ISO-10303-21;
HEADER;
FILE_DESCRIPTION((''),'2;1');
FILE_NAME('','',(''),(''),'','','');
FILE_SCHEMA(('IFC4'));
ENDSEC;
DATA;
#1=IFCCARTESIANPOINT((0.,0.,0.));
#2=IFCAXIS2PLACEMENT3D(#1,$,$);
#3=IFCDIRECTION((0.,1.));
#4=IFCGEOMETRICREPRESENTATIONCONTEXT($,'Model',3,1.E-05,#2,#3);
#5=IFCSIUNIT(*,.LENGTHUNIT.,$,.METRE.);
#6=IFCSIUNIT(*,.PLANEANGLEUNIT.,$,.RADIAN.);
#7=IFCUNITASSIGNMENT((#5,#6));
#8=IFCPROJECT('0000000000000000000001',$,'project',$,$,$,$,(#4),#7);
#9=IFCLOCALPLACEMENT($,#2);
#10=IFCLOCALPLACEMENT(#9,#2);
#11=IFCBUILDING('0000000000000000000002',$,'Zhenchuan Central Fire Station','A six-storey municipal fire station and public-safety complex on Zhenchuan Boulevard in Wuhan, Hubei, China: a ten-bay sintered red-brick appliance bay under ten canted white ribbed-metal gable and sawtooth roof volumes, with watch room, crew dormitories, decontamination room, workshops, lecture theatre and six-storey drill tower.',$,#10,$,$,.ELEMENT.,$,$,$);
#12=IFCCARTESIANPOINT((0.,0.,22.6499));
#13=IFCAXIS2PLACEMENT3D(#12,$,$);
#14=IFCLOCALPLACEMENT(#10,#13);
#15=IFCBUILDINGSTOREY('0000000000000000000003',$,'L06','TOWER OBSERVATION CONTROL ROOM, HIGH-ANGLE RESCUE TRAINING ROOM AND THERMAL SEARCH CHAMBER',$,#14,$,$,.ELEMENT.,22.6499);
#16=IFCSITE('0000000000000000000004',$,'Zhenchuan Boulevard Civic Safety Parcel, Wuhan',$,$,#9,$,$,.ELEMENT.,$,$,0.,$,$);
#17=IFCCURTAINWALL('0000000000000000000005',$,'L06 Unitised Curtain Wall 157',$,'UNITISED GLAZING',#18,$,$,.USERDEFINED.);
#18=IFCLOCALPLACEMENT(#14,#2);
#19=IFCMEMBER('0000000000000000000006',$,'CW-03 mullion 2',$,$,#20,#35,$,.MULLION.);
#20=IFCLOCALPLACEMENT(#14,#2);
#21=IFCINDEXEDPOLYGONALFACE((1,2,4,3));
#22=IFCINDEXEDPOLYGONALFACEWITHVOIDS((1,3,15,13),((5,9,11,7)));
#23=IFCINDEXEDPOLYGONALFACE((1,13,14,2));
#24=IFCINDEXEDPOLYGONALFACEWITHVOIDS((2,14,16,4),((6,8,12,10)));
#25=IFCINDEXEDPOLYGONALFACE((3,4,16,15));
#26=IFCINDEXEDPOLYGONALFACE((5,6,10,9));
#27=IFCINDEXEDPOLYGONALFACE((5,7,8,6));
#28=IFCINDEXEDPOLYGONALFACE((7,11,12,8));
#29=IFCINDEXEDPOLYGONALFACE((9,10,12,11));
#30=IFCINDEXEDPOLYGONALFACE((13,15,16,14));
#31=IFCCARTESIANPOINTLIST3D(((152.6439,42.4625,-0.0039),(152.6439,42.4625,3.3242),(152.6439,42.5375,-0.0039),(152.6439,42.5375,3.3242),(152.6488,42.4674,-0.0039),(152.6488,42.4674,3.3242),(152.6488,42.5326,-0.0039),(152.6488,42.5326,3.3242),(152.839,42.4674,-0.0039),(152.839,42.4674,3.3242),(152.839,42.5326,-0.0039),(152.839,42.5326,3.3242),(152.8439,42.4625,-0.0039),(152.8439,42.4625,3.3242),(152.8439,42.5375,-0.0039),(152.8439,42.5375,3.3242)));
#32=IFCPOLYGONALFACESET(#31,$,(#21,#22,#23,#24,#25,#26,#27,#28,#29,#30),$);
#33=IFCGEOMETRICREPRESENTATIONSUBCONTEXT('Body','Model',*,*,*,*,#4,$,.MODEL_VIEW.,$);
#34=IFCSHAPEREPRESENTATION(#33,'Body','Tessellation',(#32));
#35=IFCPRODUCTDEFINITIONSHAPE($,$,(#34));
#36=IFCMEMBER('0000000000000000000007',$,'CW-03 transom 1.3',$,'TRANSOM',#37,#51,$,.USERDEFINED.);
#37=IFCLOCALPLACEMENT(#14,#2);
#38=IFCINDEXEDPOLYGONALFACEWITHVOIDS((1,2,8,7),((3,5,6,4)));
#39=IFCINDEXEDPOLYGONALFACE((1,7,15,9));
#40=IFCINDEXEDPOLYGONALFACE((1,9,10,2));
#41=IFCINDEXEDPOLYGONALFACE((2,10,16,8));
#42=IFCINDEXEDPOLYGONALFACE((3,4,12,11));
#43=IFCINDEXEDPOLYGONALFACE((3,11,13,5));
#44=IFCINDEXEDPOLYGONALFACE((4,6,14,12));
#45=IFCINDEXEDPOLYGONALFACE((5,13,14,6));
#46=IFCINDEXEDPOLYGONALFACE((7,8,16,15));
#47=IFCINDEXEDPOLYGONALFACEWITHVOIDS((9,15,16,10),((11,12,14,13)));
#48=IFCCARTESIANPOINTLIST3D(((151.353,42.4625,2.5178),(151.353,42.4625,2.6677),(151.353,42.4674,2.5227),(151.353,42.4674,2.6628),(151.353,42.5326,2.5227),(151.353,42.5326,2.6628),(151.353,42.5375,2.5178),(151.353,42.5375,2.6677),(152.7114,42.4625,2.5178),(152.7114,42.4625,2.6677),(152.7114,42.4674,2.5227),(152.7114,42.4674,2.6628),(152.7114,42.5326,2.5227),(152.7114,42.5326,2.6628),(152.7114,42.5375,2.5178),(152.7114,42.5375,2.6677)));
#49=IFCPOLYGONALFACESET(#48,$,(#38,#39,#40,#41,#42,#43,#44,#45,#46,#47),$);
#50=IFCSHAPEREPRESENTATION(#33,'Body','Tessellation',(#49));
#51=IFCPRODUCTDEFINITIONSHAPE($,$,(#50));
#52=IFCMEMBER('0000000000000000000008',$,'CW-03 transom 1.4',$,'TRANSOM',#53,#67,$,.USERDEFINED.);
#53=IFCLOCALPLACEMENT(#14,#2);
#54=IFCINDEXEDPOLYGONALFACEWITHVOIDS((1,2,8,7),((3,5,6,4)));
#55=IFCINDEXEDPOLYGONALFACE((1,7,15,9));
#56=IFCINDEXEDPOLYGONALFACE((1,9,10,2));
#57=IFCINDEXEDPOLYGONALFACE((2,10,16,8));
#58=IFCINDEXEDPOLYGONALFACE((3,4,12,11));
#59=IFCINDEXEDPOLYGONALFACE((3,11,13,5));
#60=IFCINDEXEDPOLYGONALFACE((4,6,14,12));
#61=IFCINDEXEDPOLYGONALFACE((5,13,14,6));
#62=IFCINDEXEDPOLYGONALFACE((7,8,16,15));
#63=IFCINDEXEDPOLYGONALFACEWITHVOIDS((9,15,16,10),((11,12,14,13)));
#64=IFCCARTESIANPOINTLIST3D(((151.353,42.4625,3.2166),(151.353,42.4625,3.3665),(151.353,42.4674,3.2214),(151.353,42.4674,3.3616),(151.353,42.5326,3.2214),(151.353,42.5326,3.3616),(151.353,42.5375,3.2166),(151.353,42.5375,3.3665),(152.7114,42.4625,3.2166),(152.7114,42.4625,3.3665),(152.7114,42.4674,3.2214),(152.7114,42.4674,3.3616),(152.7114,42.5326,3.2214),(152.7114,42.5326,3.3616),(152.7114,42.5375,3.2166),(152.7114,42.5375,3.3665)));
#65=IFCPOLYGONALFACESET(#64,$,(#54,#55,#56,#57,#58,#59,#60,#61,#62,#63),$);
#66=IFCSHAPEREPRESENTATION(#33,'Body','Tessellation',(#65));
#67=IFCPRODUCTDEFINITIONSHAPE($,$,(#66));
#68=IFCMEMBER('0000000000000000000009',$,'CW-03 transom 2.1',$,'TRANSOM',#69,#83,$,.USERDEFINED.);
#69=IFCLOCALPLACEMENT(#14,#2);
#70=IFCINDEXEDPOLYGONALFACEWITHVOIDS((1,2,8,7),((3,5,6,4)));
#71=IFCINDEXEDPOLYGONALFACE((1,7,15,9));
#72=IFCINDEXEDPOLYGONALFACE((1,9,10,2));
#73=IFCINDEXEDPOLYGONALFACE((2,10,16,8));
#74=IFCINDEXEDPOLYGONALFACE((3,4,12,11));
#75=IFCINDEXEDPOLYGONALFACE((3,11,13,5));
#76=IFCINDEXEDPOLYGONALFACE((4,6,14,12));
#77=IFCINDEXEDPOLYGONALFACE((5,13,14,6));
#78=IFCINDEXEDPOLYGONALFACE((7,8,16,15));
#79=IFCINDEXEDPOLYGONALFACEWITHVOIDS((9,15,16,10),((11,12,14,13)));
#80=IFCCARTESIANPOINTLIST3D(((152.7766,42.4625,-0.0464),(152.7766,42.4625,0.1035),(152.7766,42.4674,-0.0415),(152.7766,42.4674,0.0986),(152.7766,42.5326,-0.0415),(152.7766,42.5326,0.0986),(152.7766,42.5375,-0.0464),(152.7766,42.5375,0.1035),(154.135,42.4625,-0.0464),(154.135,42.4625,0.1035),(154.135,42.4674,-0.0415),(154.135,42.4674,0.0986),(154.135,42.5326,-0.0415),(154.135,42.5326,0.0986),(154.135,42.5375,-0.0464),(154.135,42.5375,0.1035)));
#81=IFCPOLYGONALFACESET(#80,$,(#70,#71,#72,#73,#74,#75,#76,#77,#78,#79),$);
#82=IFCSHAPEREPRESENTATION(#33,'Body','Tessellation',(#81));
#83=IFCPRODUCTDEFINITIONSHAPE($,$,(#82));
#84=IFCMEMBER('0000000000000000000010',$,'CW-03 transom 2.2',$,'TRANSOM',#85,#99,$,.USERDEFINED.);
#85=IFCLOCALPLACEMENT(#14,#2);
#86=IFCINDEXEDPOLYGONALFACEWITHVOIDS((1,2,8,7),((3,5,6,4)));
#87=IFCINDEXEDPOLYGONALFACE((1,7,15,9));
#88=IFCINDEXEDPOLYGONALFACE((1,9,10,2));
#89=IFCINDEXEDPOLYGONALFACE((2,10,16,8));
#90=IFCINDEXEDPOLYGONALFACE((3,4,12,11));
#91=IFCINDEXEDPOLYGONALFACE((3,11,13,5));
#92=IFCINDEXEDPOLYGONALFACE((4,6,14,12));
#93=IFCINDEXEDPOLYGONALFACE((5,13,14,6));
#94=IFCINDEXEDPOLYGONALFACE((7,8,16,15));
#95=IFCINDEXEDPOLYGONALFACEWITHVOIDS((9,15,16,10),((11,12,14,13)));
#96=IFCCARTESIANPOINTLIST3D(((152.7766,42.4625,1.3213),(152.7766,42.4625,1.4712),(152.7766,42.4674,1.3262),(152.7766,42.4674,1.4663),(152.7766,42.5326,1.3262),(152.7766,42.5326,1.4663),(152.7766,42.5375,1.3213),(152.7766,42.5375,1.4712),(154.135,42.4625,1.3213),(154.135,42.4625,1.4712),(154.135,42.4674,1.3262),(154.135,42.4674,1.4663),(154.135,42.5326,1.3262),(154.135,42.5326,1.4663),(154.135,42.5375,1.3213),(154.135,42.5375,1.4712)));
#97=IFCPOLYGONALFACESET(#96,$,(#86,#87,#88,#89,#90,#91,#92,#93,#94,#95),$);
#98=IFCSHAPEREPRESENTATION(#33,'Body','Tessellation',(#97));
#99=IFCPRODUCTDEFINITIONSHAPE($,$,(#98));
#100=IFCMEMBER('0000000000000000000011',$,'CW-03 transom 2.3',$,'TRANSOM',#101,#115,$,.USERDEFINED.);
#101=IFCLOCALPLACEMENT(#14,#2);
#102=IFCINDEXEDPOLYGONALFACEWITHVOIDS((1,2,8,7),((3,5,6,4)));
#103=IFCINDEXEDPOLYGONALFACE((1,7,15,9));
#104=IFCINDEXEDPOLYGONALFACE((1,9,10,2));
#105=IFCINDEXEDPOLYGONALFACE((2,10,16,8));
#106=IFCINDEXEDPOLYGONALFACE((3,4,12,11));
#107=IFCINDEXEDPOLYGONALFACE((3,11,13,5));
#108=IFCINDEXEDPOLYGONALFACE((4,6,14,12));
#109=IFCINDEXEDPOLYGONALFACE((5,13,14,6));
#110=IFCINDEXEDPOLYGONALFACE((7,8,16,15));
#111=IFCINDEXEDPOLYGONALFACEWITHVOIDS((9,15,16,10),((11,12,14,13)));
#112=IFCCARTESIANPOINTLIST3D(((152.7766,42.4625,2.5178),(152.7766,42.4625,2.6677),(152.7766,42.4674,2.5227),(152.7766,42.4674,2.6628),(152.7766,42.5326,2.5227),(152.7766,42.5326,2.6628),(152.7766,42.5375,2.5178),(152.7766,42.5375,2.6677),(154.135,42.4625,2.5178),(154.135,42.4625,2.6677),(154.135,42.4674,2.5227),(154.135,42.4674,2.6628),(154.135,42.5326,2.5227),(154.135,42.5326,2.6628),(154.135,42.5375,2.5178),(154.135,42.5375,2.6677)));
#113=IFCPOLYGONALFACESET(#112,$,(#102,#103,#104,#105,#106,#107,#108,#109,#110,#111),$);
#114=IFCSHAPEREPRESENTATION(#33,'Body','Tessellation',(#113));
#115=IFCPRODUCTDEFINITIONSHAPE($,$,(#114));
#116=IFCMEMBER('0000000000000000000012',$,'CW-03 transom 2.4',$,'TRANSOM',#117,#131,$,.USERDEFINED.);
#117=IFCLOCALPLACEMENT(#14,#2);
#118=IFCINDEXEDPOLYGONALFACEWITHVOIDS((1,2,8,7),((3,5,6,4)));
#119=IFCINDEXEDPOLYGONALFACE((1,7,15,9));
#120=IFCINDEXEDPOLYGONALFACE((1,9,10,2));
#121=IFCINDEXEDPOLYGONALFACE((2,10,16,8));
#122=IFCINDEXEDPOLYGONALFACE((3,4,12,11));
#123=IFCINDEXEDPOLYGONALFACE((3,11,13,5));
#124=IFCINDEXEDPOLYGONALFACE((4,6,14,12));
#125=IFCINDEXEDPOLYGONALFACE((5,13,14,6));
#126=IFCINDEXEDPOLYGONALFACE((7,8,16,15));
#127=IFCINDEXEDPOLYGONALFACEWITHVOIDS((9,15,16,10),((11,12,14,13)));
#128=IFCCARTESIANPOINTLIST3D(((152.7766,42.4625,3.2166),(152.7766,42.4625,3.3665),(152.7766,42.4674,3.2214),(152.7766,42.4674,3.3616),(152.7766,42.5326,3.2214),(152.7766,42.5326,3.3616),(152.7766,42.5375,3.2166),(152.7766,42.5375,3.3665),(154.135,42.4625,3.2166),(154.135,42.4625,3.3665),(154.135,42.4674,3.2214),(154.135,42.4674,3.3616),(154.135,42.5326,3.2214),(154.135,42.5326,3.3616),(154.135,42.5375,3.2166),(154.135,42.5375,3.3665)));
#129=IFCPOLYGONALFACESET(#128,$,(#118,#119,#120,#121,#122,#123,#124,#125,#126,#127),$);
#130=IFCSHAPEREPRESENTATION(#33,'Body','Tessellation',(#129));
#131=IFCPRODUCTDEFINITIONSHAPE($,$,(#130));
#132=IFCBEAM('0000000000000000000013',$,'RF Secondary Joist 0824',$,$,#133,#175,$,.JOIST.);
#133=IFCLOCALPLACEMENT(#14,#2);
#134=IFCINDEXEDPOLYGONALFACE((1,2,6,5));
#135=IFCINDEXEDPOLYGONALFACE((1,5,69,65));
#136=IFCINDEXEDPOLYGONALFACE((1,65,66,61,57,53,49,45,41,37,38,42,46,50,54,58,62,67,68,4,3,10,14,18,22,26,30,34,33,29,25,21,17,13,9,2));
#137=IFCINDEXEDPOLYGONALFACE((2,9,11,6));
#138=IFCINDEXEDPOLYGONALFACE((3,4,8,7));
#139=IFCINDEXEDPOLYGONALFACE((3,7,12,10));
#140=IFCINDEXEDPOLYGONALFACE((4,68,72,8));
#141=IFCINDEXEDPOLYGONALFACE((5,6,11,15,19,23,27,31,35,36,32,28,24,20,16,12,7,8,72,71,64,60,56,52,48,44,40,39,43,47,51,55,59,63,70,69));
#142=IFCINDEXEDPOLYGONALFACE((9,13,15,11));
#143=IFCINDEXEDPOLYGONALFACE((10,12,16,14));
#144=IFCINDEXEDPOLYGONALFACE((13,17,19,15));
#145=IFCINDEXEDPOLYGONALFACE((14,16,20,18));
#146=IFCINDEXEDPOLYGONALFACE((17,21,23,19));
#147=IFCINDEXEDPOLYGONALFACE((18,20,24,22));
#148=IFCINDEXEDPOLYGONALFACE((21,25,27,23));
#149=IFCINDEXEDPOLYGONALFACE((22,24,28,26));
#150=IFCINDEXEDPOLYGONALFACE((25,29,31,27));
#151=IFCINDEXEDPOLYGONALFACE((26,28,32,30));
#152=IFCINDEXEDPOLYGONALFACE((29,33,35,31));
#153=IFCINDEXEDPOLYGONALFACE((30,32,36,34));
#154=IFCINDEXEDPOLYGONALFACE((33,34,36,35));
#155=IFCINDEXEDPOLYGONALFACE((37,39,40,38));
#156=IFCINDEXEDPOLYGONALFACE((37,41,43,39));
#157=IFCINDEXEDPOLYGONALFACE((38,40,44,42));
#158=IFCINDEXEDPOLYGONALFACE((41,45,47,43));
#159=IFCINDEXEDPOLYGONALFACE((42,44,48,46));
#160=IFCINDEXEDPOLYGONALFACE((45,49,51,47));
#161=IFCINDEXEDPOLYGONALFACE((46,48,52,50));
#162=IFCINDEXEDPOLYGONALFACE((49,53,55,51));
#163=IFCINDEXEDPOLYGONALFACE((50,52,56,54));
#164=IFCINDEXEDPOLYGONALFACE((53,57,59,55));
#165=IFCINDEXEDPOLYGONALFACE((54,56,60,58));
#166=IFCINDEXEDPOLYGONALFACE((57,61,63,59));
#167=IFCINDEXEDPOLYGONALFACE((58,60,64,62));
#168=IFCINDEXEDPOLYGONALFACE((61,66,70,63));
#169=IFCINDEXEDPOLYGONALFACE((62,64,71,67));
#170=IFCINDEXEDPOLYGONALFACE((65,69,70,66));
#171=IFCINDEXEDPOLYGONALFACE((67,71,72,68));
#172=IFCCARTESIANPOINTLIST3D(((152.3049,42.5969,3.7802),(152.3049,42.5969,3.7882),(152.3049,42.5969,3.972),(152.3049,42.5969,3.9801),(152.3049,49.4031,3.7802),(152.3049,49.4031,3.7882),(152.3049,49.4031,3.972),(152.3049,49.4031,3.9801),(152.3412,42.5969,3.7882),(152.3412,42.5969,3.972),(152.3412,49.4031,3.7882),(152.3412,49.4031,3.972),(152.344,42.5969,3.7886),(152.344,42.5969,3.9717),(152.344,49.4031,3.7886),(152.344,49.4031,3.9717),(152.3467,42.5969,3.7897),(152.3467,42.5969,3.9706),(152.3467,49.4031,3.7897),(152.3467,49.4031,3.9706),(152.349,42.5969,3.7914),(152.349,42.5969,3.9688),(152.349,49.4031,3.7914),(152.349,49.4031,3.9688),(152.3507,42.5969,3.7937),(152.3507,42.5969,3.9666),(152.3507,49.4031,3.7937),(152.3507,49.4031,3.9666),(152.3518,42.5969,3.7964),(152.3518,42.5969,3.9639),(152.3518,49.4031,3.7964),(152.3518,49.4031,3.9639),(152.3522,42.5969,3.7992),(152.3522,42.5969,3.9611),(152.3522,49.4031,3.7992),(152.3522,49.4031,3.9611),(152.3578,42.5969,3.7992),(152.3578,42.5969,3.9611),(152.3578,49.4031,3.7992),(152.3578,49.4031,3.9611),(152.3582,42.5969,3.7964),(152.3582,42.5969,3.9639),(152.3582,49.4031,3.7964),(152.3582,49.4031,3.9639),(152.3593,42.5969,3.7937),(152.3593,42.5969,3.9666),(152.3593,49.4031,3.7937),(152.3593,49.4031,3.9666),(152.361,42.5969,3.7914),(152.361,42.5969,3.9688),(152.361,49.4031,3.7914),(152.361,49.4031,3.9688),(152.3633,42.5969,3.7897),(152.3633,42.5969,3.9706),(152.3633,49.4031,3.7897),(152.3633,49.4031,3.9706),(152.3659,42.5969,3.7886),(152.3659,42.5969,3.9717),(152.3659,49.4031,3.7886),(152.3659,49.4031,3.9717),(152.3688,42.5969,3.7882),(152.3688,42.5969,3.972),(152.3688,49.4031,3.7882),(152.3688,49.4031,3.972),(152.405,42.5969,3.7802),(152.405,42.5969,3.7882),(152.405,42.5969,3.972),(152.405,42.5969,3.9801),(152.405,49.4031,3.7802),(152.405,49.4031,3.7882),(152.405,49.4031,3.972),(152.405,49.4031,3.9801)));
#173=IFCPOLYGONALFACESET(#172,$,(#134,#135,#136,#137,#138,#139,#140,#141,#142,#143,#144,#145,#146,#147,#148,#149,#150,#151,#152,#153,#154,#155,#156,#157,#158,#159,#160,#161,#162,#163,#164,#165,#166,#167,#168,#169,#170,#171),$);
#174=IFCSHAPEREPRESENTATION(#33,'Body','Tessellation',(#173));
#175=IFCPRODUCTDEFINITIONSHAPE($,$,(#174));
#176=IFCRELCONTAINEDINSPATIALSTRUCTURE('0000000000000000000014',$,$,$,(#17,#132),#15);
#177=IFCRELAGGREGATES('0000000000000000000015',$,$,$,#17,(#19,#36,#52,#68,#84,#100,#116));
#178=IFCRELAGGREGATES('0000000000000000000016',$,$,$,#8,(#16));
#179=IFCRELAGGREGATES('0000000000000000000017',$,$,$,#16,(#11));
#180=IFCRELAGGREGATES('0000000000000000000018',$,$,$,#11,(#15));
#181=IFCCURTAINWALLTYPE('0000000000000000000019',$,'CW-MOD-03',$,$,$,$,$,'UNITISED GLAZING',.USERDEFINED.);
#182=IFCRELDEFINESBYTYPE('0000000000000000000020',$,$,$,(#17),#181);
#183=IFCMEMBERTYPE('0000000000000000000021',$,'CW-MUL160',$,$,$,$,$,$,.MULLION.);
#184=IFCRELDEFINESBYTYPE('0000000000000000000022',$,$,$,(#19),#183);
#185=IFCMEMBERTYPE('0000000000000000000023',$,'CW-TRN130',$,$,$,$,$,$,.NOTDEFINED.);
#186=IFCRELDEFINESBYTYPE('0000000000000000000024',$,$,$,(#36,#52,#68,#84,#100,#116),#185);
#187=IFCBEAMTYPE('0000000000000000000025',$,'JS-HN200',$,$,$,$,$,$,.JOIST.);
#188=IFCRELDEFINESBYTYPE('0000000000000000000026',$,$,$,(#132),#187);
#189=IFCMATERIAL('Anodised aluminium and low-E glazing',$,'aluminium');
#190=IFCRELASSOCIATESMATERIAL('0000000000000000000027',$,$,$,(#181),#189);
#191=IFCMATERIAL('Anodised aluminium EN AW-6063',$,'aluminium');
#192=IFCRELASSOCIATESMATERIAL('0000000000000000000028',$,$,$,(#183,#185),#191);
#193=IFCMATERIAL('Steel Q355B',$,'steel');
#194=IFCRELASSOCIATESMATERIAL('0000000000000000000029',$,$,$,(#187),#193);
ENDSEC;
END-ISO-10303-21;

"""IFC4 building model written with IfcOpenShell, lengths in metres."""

from ifc_helpers import new_model, si_unit, direction, frame, origin, origin_2d, place, context, subcontext, project, spatial, hollow_rectangle, i_section, extrude, material, material_profile, profile_set, type_object, element, aggregate, save


model = new_model("IFC4")

# Units and contexts
model_context = context("Model", 3, precision=1e-05, world=origin(), true_north=direction((0.0, 1.0)))
body_context = subcontext(model_context, "Body", "Model", "MODEL_VIEW")
ifc_project = project(units=[si_unit("LENGTHUNIT", "METRE"), si_unit("PLANEANGLEUNIT", "RADIAN")], contexts=[model_context])

# Site, building, storey
site_placement = place(None, origin())
site = spatial("IfcSite", under=ifc_project, at=site_placement, Name="Zhenchuan Boulevard Civic Safety Parcel, Wuhan", CompositionType="ELEMENT", RefElevation=0.0)
building_placement = place(site_placement, origin())
building = spatial("IfcBuilding", under=site, at=building_placement, Name="Zhenchuan Central Fire Station", Description="A six-storey municipal fire station and public-safety complex on Zhenchuan Boulevard in Wuhan, Hubei, China: a ten-bay sintered red-brick appliance bay under ten canted white ribbed-metal gable and sawtooth roof volumes, with watch room, crew dormitories, decontamination room, workshops, lecture theatre and six-storey drill tower.", CompositionType="ELEMENT")
storey_placement = place(building_placement, frame((0.0, 0.0, 22.6499)))
storey = spatial("IfcBuildingStorey", under=building, at=storey_placement, Name="L06", Description="TOWER OBSERVATION CONTROL ROOM, HIGH-ANGLE RESCUE TRAINING ROOM AND THERMAL SEARCH CHAMBER", CompositionType="ELEMENT", Elevation=22.6499)

# Curtain wall, members
ifc_material_1 = material(Name="Anodised aluminium and low-E glazing", Category="aluminium")
curtain_wall_type = type_object("IfcCurtainWallType", Name="CW-MOD-03", ElementType="UNITISED GLAZING", PredefinedType="USERDEFINED", material=ifc_material_1)
curtain_wall_placement = place(storey_placement, origin())
curtain_wall = element("IfcCurtainWall", 1, at=curtain_wall_placement, inside=storey, type_object=curtain_wall_type, Name="L06 Unitised Curtain Wall 157", ObjectType="UNITISED GLAZING", PredefinedType="USERDEFINED")
ifc_material_2 = material(Name="Anodised aluminium EN AW-6063", Category="aluminium")
ifc_material_profile_1 = material_profile(ifc_material_2, hollow_rectangle(XDim=0.075, YDim=0.2, WallThickness=0.0049, at=origin_2d()), Name="ALU-M 200x75")
ifc_profile_set_1 = profile_set([ifc_material_profile_1], Name="Anodised aluminium EN AW-6063")
member_type_1 = type_object("IfcMemberType", Name="CW-MUL160", PredefinedType="MULLION", material=ifc_profile_set_1)
member_1_placement = place(storey_placement, frame((152.7439, 42.5, -0.0039), z_axis=(0.0, 0.0, 1.0), x_axis=(0.0, 1.0, 0.0)))
member_1 = element("IfcMember", 2, at=member_1_placement, type_object=member_type_1, Name="CW-03 mullion 2", PredefinedType="MULLION", context=body_context, shape_type="SweptSolid", body=[
    extrude(hollow_rectangle(XDim=0.075, YDim=0.2, WallThickness=0.0049, at=origin_2d()), origin(), (0.0, 0.0, 1.0), 3.3281),
])
ifc_material_profile_2 = material_profile(ifc_material_2, hollow_rectangle(XDim=0.075, YDim=0.1499, WallThickness=0.0049, at=origin_2d()), Name="ALU-T 150x75")
ifc_profile_set_2 = profile_set([ifc_material_profile_2], Name="Anodised aluminium EN AW-6063")
member_type_2 = type_object("IfcMemberType", Name="CW-TRN130", PredefinedType="NOTDEFINED", material=ifc_profile_set_2)
member_2_placement = place(storey_placement, frame((151.353, 42.5, 2.5928), z_axis=(1.0, 0.0, 0.0), x_axis=(0.0, 1.0, 0.0)))
member_2 = element("IfcMember", 3, at=member_2_placement, type_object=member_type_2, Name="CW-03 transom 1.3", ObjectType="TRANSOM", PredefinedType="USERDEFINED", context=body_context, shape_type="SweptSolid", body=[
    extrude(hollow_rectangle(XDim=0.075, YDim=0.1499, WallThickness=0.0049, at=origin_2d()), origin(), (0.0, 0.0, 1.0), 1.3584),
])
member_3_placement = place(storey_placement, frame((151.353, 42.5, 3.2915), z_axis=(1.0, 0.0, 0.0), x_axis=(0.0, 1.0, 0.0)))
member_3 = element("IfcMember", 4, at=member_3_placement, type_object=member_type_2, Name="CW-03 transom 1.4", ObjectType="TRANSOM", PredefinedType="USERDEFINED", context=body_context, shape_type="SweptSolid", body=[
    extrude(hollow_rectangle(XDim=0.075, YDim=0.1499, WallThickness=0.0049, at=origin_2d()), origin(), (0.0, 0.0, 1.0), 1.3584),
])
member_4_placement = place(storey_placement, frame((152.7766, 42.5, 0.0286), z_axis=(1.0, 0.0, 0.0), x_axis=(0.0, 1.0, 0.0)))
member_4 = element("IfcMember", 5, at=member_4_placement, type_object=member_type_2, Name="CW-03 transom 2.1", ObjectType="TRANSOM", PredefinedType="USERDEFINED", context=body_context, shape_type="SweptSolid", body=[
    extrude(hollow_rectangle(XDim=0.075, YDim=0.1499, WallThickness=0.0049, at=origin_2d()), origin(), (0.0, 0.0, 1.0), 1.3584),
])
member_5_placement = place(storey_placement, frame((152.7766, 42.5, 1.3962), z_axis=(1.0, 0.0, 0.0), x_axis=(0.0, 1.0, 0.0)))
member_5 = element("IfcMember", 6, at=member_5_placement, type_object=member_type_2, Name="CW-03 transom 2.2", ObjectType="TRANSOM", PredefinedType="USERDEFINED", context=body_context, shape_type="SweptSolid", body=[
    extrude(hollow_rectangle(XDim=0.075, YDim=0.1499, WallThickness=0.0049, at=origin_2d()), origin(), (0.0, 0.0, 1.0), 1.3584),
])
member_6_placement = place(storey_placement, frame((152.7766, 42.5, 2.5928), z_axis=(1.0, 0.0, 0.0), x_axis=(0.0, 1.0, 0.0)))
member_6 = element("IfcMember", 7, at=member_6_placement, type_object=member_type_2, Name="CW-03 transom 2.3", ObjectType="TRANSOM", PredefinedType="USERDEFINED", context=body_context, shape_type="SweptSolid", body=[
    extrude(hollow_rectangle(XDim=0.075, YDim=0.1499, WallThickness=0.0049, at=origin_2d()), origin(), (0.0, 0.0, 1.0), 1.3584),
])
member_7_placement = place(storey_placement, frame((152.7766, 42.5, 3.2915), z_axis=(1.0, 0.0, 0.0), x_axis=(0.0, 1.0, 0.0)))
member_7 = element("IfcMember", 8, at=member_7_placement, type_object=member_type_2, Name="CW-03 transom 2.4", ObjectType="TRANSOM", PredefinedType="USERDEFINED", context=body_context, shape_type="SweptSolid", body=[
    extrude(hollow_rectangle(XDim=0.075, YDim=0.1499, WallThickness=0.0049, at=origin_2d()), origin(), (0.0, 0.0, 1.0), 1.3584),
])

# Beam
ifc_material_3 = material(Name="Steel Q355B", Category="steel")
ifc_material_profile_3 = material_profile(ifc_material_3, i_section(OverallWidth=0.1001, OverallDepth=0.2, WebThickness=0.0056, FlangeThickness=0.0081, FilletRadius=0.011, at=origin_2d()), Name="HN 200x100")
ifc_profile_set_3 = profile_set([ifc_material_profile_3], Name="Steel Q355B")
beam_type_1 = type_object("IfcBeamType", Name="JS-HN200", PredefinedType="JOIST", material=ifc_profile_set_3)
beam_1_placement = place(storey_placement, frame((152.355, 42.5969, 3.8801), z_axis=(0.0, 1.0, 0.0), x_axis=(-1.0, 0.0, 0.0)))
element("IfcBeam", 9, at=beam_1_placement, inside=storey, type_object=beam_type_1, Name="RF Secondary Joist 0824", PredefinedType="JOIST", context=body_context, shape_type="SweptSolid", body=[
    extrude(i_section(OverallWidth=0.1001, OverallDepth=0.2, WebThickness=0.0056, FlangeThickness=0.0081, FilletRadius=0.011, at=origin_2d()), origin(), (0.0, 0.0, 1.0), 6.8062),
])

aggregate(curtain_wall, [member_1, member_2, member_3, member_4, member_5, member_6, member_7])

save(model, "model.ifc")
